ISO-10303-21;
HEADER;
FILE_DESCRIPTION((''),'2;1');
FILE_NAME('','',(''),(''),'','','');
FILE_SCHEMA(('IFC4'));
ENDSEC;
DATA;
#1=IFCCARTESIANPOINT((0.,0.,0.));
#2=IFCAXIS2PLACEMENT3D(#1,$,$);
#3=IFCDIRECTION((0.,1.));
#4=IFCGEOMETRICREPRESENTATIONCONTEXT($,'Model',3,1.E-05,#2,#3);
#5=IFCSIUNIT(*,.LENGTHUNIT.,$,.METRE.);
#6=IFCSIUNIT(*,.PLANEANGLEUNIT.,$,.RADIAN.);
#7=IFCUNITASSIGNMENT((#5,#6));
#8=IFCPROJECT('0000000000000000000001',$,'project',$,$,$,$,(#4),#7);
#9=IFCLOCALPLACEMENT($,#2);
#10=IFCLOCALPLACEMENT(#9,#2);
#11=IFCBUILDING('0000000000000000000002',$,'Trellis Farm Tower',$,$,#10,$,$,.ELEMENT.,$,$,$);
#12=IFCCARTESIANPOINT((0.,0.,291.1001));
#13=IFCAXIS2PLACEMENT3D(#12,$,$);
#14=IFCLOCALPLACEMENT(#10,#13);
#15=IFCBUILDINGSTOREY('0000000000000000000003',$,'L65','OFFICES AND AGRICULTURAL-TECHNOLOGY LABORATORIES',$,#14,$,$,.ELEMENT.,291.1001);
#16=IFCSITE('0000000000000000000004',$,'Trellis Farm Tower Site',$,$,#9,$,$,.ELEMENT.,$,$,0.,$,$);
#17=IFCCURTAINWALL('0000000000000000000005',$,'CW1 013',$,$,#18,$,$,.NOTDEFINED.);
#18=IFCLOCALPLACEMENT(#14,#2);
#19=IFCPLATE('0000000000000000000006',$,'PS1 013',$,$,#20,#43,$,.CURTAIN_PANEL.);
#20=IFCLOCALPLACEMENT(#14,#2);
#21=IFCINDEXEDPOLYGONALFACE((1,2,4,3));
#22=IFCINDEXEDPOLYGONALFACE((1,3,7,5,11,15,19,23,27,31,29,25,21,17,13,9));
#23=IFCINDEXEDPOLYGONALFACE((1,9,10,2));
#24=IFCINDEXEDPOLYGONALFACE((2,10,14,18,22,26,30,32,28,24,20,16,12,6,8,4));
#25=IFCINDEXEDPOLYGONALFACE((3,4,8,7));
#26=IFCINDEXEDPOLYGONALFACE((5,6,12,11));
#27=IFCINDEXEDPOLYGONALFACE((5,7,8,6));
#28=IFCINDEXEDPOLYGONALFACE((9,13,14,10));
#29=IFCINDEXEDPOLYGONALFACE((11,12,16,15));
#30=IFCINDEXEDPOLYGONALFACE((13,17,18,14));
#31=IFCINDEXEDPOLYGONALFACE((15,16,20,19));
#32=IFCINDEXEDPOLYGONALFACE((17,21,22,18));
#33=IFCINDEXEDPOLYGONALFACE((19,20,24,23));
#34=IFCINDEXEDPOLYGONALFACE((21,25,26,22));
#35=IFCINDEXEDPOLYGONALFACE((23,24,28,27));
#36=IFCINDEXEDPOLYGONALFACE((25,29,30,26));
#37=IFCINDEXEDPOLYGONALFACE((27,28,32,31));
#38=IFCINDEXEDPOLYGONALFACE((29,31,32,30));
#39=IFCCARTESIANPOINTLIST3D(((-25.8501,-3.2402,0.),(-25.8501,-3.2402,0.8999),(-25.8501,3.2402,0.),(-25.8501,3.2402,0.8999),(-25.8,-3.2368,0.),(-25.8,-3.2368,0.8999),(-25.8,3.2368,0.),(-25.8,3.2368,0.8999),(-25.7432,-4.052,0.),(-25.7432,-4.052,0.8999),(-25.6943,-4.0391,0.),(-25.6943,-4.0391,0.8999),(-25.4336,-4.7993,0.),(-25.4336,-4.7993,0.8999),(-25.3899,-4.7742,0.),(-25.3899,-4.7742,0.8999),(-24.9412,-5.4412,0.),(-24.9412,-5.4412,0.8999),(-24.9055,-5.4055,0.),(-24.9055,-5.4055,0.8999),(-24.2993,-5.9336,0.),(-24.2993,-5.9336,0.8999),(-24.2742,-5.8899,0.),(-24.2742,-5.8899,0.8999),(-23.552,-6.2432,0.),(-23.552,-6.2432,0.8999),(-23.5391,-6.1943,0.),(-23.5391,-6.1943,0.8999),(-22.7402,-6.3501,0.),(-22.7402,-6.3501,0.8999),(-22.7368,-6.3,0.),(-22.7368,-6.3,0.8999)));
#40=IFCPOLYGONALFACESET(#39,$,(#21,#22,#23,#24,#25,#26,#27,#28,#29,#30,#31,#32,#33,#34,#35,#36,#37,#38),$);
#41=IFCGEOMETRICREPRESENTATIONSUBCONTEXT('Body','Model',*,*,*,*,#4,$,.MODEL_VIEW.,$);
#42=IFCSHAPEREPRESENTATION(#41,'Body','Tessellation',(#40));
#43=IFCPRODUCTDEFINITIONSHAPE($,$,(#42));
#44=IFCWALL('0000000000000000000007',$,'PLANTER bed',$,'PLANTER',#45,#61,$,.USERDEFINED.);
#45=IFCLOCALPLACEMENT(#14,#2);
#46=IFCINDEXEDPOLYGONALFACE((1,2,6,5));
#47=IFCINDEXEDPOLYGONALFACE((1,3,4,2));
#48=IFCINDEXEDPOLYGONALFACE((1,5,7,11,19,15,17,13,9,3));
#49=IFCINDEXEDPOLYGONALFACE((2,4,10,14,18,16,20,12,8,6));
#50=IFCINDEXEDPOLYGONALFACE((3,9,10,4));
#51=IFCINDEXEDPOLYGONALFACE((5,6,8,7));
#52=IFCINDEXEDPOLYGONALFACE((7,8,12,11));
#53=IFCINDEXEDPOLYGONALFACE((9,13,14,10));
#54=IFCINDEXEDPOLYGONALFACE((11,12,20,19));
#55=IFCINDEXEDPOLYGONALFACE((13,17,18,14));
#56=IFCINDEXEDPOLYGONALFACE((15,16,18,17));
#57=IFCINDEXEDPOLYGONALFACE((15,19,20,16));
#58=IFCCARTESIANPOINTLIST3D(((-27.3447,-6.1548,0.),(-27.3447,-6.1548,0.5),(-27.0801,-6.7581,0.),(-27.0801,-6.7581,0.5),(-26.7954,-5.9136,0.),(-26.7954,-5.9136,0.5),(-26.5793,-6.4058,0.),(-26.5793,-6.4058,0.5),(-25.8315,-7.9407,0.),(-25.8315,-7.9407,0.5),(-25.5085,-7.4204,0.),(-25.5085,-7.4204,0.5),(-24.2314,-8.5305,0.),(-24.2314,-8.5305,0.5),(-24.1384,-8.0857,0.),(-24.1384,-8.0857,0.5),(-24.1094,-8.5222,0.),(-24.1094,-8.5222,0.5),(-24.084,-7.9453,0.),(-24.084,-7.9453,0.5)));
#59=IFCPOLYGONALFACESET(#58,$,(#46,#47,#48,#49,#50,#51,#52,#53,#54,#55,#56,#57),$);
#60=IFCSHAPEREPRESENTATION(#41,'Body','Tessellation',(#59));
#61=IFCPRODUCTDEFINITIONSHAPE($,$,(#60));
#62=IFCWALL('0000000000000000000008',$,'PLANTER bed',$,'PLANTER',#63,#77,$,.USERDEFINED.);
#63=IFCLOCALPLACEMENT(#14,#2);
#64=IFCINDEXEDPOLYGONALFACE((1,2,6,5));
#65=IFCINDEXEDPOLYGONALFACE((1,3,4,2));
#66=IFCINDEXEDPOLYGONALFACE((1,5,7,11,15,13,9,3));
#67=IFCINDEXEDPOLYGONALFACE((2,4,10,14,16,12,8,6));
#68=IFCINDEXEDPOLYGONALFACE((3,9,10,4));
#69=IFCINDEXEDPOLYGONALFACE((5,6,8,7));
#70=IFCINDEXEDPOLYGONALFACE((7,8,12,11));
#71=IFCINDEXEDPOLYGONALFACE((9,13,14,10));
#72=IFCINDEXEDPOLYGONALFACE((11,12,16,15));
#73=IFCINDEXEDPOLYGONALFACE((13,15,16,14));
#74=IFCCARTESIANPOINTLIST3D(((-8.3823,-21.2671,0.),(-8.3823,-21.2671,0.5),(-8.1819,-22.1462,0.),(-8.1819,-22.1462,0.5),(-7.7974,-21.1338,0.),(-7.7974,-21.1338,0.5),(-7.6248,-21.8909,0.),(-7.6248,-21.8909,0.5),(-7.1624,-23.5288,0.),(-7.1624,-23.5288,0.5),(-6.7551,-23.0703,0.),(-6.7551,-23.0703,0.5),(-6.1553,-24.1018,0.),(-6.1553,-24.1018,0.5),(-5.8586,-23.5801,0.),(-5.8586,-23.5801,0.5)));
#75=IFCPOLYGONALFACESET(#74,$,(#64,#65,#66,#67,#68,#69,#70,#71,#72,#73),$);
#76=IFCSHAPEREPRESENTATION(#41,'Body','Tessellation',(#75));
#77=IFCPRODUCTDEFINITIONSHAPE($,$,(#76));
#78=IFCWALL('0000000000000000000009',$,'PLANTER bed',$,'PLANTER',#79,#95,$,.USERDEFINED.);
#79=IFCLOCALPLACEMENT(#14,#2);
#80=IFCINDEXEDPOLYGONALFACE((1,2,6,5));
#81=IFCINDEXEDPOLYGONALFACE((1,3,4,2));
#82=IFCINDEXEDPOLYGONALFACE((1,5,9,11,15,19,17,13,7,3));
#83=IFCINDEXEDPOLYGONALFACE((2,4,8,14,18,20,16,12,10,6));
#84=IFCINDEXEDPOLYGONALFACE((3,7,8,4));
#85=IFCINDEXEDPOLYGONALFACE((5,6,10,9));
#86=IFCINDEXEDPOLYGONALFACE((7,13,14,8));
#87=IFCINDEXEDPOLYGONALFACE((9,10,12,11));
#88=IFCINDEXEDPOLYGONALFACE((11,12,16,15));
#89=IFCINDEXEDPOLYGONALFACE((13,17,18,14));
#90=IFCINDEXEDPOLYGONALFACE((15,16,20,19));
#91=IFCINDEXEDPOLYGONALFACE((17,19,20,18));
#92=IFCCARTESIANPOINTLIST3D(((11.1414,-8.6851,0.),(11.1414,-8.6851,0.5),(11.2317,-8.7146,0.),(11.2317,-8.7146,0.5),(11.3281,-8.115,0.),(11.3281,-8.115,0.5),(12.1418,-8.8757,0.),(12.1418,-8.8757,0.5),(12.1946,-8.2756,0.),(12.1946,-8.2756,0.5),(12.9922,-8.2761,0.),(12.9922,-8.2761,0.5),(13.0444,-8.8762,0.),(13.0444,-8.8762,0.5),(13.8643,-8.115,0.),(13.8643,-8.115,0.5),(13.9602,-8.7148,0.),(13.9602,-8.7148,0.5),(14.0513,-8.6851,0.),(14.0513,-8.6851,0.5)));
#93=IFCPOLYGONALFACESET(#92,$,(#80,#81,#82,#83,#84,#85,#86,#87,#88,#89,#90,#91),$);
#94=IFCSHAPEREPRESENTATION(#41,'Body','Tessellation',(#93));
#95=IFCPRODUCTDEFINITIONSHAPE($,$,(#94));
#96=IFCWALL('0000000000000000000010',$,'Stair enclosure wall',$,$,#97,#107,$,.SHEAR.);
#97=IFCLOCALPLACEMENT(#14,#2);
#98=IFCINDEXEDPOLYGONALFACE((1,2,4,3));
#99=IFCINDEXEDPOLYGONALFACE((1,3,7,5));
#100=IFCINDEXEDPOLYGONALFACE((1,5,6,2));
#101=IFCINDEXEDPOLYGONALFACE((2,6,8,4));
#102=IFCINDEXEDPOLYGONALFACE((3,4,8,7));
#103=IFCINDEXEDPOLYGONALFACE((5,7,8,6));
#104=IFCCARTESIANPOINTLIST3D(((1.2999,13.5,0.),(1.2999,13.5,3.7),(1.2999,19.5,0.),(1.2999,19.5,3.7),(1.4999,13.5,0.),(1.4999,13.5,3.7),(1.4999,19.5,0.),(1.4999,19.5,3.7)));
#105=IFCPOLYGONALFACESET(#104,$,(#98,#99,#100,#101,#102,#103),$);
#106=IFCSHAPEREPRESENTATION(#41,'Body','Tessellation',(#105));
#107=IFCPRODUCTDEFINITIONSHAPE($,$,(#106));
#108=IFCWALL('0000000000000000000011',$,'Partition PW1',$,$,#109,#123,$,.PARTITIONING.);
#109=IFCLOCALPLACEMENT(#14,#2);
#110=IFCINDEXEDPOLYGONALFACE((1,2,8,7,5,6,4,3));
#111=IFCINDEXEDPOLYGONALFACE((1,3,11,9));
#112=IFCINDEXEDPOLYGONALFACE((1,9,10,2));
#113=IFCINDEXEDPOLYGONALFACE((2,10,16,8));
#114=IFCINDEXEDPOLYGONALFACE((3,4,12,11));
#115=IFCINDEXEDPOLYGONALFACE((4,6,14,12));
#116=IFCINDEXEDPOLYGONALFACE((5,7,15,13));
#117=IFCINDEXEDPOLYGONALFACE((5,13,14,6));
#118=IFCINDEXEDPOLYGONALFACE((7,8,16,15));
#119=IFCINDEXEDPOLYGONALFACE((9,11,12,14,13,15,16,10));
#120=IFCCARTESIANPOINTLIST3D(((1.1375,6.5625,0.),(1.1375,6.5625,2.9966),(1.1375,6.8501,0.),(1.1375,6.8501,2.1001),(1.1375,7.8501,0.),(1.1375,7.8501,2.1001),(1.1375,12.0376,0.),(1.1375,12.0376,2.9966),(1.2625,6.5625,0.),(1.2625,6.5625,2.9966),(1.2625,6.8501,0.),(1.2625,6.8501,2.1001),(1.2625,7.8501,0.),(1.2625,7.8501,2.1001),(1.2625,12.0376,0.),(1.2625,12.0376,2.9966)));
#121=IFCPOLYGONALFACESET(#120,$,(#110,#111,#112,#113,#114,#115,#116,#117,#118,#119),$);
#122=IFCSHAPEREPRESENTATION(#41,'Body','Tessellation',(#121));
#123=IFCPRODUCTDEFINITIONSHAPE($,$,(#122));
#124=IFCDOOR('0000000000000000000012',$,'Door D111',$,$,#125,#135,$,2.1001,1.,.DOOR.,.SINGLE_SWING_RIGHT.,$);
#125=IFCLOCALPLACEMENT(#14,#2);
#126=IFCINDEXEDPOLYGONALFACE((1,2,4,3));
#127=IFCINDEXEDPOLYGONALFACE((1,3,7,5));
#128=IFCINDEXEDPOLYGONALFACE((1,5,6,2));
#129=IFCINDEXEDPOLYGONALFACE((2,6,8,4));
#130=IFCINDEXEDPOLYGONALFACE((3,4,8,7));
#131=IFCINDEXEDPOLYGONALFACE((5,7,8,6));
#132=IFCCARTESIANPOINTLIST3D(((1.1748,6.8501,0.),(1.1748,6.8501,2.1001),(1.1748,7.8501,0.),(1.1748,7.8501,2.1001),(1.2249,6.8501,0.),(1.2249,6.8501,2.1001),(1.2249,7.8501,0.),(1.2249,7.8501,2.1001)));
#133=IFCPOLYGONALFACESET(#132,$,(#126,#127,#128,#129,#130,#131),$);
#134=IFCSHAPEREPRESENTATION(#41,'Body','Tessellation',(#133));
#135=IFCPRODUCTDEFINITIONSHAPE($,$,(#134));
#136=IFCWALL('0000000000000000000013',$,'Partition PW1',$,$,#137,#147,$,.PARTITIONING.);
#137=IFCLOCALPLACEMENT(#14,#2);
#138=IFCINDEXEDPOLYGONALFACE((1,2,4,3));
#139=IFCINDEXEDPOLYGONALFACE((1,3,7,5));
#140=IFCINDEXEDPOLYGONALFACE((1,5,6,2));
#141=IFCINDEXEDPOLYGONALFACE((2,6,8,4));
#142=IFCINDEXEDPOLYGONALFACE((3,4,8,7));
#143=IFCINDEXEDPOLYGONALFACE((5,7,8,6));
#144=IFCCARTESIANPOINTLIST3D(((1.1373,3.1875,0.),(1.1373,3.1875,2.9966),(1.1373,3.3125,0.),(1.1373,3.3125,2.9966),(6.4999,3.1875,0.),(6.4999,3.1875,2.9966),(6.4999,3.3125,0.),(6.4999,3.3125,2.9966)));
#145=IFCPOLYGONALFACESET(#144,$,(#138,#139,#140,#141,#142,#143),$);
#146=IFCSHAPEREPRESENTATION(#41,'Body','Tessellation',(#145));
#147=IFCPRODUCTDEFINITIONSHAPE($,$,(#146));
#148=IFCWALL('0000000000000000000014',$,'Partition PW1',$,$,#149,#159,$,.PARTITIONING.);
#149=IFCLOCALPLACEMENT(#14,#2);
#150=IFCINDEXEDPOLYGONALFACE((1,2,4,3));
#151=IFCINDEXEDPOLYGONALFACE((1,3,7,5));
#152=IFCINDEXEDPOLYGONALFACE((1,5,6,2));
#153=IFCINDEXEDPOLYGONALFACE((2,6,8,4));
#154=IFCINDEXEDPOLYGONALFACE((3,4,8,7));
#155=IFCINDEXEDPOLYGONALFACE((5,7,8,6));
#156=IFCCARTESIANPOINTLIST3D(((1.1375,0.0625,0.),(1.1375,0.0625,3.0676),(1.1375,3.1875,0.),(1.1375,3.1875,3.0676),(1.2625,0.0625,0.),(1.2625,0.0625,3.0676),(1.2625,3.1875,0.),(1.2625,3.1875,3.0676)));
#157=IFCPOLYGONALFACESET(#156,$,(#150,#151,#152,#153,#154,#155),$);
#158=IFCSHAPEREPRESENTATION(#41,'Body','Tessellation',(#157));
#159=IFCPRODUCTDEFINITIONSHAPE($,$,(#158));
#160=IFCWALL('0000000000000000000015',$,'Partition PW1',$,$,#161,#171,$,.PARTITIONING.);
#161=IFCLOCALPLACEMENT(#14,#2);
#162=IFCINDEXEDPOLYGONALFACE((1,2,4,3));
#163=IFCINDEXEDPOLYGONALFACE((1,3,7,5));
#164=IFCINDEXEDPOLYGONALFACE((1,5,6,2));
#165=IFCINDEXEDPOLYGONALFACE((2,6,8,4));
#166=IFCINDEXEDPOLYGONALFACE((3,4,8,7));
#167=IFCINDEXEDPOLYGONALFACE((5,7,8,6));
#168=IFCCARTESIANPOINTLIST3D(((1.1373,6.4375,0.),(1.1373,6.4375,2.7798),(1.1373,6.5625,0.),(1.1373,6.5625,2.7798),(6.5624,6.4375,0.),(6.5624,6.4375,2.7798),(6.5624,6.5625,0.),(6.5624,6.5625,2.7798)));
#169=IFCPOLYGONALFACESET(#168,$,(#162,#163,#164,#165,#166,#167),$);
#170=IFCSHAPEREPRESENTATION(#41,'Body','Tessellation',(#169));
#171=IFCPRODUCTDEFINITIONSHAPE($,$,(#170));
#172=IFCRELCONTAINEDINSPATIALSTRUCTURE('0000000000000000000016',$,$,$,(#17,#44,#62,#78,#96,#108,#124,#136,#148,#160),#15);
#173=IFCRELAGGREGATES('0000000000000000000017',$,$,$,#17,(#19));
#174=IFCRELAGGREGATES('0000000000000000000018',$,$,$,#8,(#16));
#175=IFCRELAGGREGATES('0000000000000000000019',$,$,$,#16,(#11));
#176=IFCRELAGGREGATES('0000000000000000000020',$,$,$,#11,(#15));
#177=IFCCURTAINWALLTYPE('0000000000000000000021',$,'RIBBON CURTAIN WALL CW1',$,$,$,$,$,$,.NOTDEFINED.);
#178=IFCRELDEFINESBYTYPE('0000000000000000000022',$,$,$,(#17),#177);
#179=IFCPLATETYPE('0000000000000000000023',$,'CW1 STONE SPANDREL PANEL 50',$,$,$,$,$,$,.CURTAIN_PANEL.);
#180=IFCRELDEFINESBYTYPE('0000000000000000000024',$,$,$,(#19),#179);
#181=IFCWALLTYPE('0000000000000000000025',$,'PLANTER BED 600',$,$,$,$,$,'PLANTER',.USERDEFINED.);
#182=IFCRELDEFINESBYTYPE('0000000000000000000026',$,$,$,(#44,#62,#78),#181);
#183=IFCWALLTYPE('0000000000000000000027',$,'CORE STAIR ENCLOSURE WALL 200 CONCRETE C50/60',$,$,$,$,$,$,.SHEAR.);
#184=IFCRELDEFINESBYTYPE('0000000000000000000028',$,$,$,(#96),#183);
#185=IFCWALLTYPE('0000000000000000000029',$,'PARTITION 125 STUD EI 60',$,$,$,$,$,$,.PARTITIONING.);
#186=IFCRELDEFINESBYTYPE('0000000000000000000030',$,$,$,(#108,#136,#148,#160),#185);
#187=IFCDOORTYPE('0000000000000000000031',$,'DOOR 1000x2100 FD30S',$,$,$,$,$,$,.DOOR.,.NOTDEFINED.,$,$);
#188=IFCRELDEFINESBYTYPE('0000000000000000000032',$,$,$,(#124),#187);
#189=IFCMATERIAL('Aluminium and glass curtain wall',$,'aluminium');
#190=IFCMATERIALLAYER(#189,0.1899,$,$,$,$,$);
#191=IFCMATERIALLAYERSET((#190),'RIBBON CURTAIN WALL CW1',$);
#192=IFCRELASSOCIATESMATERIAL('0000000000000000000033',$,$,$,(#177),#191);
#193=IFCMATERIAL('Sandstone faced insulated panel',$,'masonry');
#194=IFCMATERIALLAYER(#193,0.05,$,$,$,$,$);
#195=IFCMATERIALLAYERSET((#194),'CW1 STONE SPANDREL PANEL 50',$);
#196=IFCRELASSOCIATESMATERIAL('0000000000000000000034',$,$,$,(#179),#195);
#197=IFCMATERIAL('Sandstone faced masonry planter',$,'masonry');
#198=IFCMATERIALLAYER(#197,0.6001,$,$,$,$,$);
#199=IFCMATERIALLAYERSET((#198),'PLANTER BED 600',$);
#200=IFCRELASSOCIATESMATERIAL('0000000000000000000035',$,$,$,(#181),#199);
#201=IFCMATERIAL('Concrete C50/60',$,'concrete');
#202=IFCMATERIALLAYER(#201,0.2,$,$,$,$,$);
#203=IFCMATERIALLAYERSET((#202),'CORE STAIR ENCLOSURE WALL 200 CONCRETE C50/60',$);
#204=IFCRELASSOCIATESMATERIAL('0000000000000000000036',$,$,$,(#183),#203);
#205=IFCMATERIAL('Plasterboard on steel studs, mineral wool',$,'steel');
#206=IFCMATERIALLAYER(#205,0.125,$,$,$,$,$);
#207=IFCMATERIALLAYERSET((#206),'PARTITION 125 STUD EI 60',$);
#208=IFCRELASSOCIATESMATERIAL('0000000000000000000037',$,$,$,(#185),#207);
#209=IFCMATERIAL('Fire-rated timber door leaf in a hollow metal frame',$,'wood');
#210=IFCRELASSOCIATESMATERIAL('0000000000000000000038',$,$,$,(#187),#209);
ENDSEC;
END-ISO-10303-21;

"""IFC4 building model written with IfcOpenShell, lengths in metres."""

from ifc_helpers import new_model, si_unit, direction, frame, frame_2d, origin, place, context, subcontext, project, spatial, polyline, rectangle, outline, extrude, source, transform, mapped, material, layer, layer_set, type_object, element, fill, aggregate, save


model = new_model("IFC4")

# Units and contexts
model_context = context("Model", 3, precision=1e-05, world=origin(), true_north=direction((0.0, 1.0)))
body_context = subcontext(model_context, "Body", "Model", "MODEL_VIEW")
ifc_project = project(units=[si_unit("LENGTHUNIT", "METRE"), si_unit("PLANEANGLEUNIT", "RADIAN")], contexts=[model_context])

# Site, building, storey
site_placement = place(None, origin())
site = spatial("IfcSite", under=ifc_project, at=site_placement, Name="Trellis Farm Tower Site", CompositionType="ELEMENT", RefElevation=0.0)
building_placement = place(site_placement, origin())
building = spatial("IfcBuilding", under=site, at=building_placement, Name="Trellis Farm Tower", CompositionType="ELEMENT")
storey_placement = place(building_placement, frame((0.0, 0.0, 291.1001)))
storey = spatial("IfcBuildingStorey", under=building, at=storey_placement, Name="L65", Description="OFFICES AND AGRICULTURAL-TECHNOLOGY LABORATORIES", CompositionType="ELEMENT", Elevation=291.1001)

# Shared definitions
ifc_material_1 = material(Name="Aluminium and glass curtain wall", Category="aluminium")
ifc_layer_1 = layer(ifc_material_1, 0.1899)
ifc_layer_set_1 = layer_set([ifc_layer_1], Name="RIBBON CURTAIN WALL CW1")
curtain_wall_type_1 = type_object("IfcCurtainWallType", Name="RIBBON CURTAIN WALL CW1", PredefinedType="NOTDEFINED", material=ifc_layer_set_1)
placement_1 = place(storey_placement, origin())

# Curtain wall
curtain_wall_1 = element("IfcCurtainWall", 1, at=placement_1, inside=storey, type_object=curtain_wall_type_1, Name="CW1 013", PredefinedType="NOTDEFINED")

# Plate
ifc_material_2 = material(Name="Sandstone faced insulated panel", Category="masonry")
ifc_layer_2 = layer(ifc_material_2, 0.05)
ifc_layer_set_2 = layer_set([ifc_layer_2], Name="CW1 STONE SPANDREL PANEL 50")
plate_type_1 = type_object("IfcPlateType", Name="CW1 STONE SPANDREL PANEL 50", PredefinedType="CURTAIN_PANEL", material=ifc_layer_set_2)
shared_shape_1 = source(origin(), body_context, "Body", "SweptSolid", [
    extrude(outline(polyline([(-25.8501, 3.2402), (-25.8501, -3.2402), (-25.7432, -4.052), (-25.4336, -4.7993), (-24.9412, -5.4412), (-24.2993, -5.9336), (-23.552, -6.2432), (-22.7402, -6.3501), (-22.7368, -6.3), (-23.5391, -6.1943), (-24.2742, -5.8899), (-24.9055, -5.4055), (-25.3899, -4.7742), (-25.6943, -4.0391), (-25.8, -3.2368), (-25.8, 3.2368), (-25.8501, 3.2402)])), origin(), (0.0, 0.0, 1.0), 0.8999),
])
plate_1 = element("IfcPlate", 2, at=placement_1, type_object=plate_type_1, Name="PS1 013", PredefinedType="CURTAIN_PANEL", context=body_context, shape_type="MappedRepresentation", body=[
    mapped(shared_shape_1, transform((0.0, 0.0, 0.0))),
])
aggregate(curtain_wall_1, [plate_1])

# Walls
ifc_material_3 = material(Name="Sandstone faced masonry planter", Category="masonry")
ifc_layer_3 = layer(ifc_material_3, 0.6001)
ifc_layer_set_3 = layer_set([ifc_layer_3], Name="PLANTER BED 600")
wall_type_1 = type_object("IfcWallType", Name="PLANTER BED 600", ElementType="PLANTER", PredefinedType="USERDEFINED", material=ifc_layer_set_3)
element("IfcWall", 3, at=placement_1, inside=storey, type_object=wall_type_1, Name="PLANTER bed", ObjectType="PLANTER", PredefinedType="USERDEFINED", context=body_context, shape_type="SweptSolid", body=[
    extrude(outline(polyline([(-24.2314, -8.5305), (-25.8315, -7.9407), (-27.0801, -6.7581), (-27.3447, -6.1548), (-26.7954, -5.9136), (-26.5793, -6.4058), (-25.5085, -7.4204), (-24.084, -7.9453), (-24.1384, -8.0857), (-24.1094, -8.5222), (-24.2314, -8.5305)])), origin(), (0.0, 0.0, 1.0), 0.5),
])
element("IfcWall", 4, at=placement_1, inside=storey, type_object=wall_type_1, Name="PLANTER bed", ObjectType="PLANTER", PredefinedType="USERDEFINED", context=body_context, shape_type="SweptSolid", body=[
    extrude(outline(polyline([(-8.1819, -22.1462), (-8.3823, -21.2671), (-7.7974, -21.1338), (-7.6248, -21.8909), (-6.7551, -23.0703), (-5.8586, -23.5801), (-6.1553, -24.1018), (-7.1624, -23.5288), (-8.1819, -22.1462)])), origin(), (0.0, 0.0, 1.0), 0.5),
])
element("IfcWall", 5, at=placement_1, inside=storey, type_object=wall_type_1, Name="PLANTER bed", ObjectType="PLANTER", PredefinedType="USERDEFINED", context=body_context, shape_type="SweptSolid", body=[
    extrude(outline(polyline([(13.0444, -8.8762), (12.1418, -8.8757), (11.2317, -8.7146), (11.1414, -8.6851), (11.3281, -8.115), (12.1946, -8.2756), (12.9922, -8.2761), (13.8643, -8.115), (14.0513, -8.6851), (13.9602, -8.7148), (13.0444, -8.8762)])), origin(), (0.0, 0.0, 1.0), 0.5),
])
ifc_material_4 = material(Name="Concrete C50/60", Category="concrete")
ifc_layer_4 = layer(ifc_material_4, 0.2)
ifc_layer_set_4 = layer_set([ifc_layer_4], Name="CORE STAIR ENCLOSURE WALL 200 CONCRETE C50/60")
wall_type_2 = type_object("IfcWallType", Name="CORE STAIR ENCLOSURE WALL 200 CONCRETE C50/60", PredefinedType="SHEAR", material=ifc_layer_set_4)
shared_shape_2 = source(origin(), body_context, "Body", "SweptSolid", [
    extrude(rectangle(XDim=6.0, YDim=0.2, at=frame_2d((3.0, 0.0))), origin(), (0.0, 0.0, 1.0), 3.7),
])
wall_1_placement = place(storey_placement, frame((1.3999, 13.5, 0.0), z_axis=(0.0, 0.0, 1.0), x_axis=(0.0, 1.0, 0.0)))
element("IfcWall", 6, at=wall_1_placement, inside=storey, type_object=wall_type_2, Name="Stair enclosure wall", PredefinedType="SHEAR", context=body_context, shape_type="MappedRepresentation", body=[
    mapped(shared_shape_2, transform((0.0, 0.0, 0.0))),
])

# Wall, opening, door
ifc_material_5 = material(Name="Plasterboard on steel studs, mineral wool", Category="steel")
ifc_layer_5 = layer(ifc_material_5, 0.125)
ifc_layer_set_5 = layer_set([ifc_layer_5], Name="PARTITION 125 STUD EI 60")
wall_type_3 = type_object("IfcWallType", Name="PARTITION 125 STUD EI 60", PredefinedType="PARTITIONING", material=ifc_layer_set_5)
shared_shape_3 = source(origin(), body_context, "Body", "SweptSolid", [
    extrude(rectangle(XDim=5.4751, YDim=0.125, at=frame_2d((2.7375, 0.0))), origin(), (0.0, 0.0, 1.0), 2.9966),
])
wall_2_placement = place(storey_placement, frame((1.2, 12.0376, 0.0), z_axis=(0.0, 0.0, 1.0), x_axis=(0.0, -1.0, 0.0)))
wall_2 = element("IfcWall", 7, at=wall_2_placement, inside=storey, type_object=wall_type_3, Name="Partition PW1", PredefinedType="PARTITIONING", context=body_context, shape_type="MappedRepresentation", body=[
    mapped(shared_shape_3, transform((0.0, 0.0, 0.0))),
])
shared_shape_4 = source(origin(), body_context, "Body", "SweptSolid", [
    extrude(rectangle(XDim=1.0, YDim=2.1001, at=frame_2d((0.5, 1.05))), frame((0.0, 0.0725, 0.0), z_axis=(0.0, -1.0, 0.0), x_axis=(1.0, 0.0, 0.0)), (0.0, 0.0, 1.0), 0.145),
])
opening_placement = place(wall_2_placement, frame((4.1875, 0.0, 0.0)))
opening = element("IfcOpeningElement", 8, at=opening_placement, cuts=wall_2, PredefinedType="OPENING", context=body_context, shape_type="MappedRepresentation", body=[
    mapped(shared_shape_4, transform((0.0, 0.0, 0.0))),
])
ifc_material_6 = material(Name="Fire-rated timber door leaf in a hollow metal frame", Category="wood")
door_type = type_object("IfcDoorType", Name="DOOR 1000x2100 FD30S", OperationType="NOTDEFINED", PredefinedType="DOOR", material=ifc_material_6)
shared_shape_5 = source(origin(), body_context, "Body", "SweptSolid", [
    extrude(rectangle(XDim=1.0, YDim=2.1001, at=frame_2d((0.5, 1.05))), frame((0.0, 0.0249, 0.0), z_axis=(0.0, -1.0, 0.0), x_axis=(1.0, 0.0, 0.0)), (0.0, 0.0, 1.0), 0.05),
])
door_placement = place(opening_placement, origin())
door = element("IfcDoor", 9, at=door_placement, inside=storey, type_object=door_type, Name="Door D111", OperationType="SINGLE_SWING_RIGHT", OverallHeight=2.1001, OverallWidth=1.0, PredefinedType="DOOR", context=body_context, shape_type="MappedRepresentation", body=[
    mapped(shared_shape_5, transform((0.0, 0.0, 0.0))),
])
fill(opening, door)

# Walls
shared_shape_6 = source(origin(), body_context, "Body", "SweptSolid", [
    extrude(rectangle(XDim=5.3625, YDim=0.125, at=frame_2d((2.6812, 0.0))), origin(), (0.0, 0.0, 1.0), 2.9966),
])
wall_3_placement = place(storey_placement, frame((1.1375, 3.25, 0.0), z_axis=(0.0, 0.0, 1.0), x_axis=(1.0, 0.0, 0.0)))
element("IfcWall", 10, at=wall_3_placement, inside=storey, type_object=wall_type_3, Name="Partition PW1", PredefinedType="PARTITIONING", context=body_context, shape_type="MappedRepresentation", body=[
    mapped(shared_shape_6, transform((0.0, 0.0, 0.0))),
])
shared_shape_7 = source(origin(), body_context, "Body", "SweptSolid", [
    extrude(rectangle(XDim=3.125, YDim=0.125, at=frame_2d((1.5625, 0.0))), origin(), (0.0, 0.0, 1.0), 3.0676),
])
wall_4_placement = place(storey_placement, frame((1.2, 3.1875, 0.0), z_axis=(0.0, 0.0, 1.0), x_axis=(0.0, -1.0, 0.0)))
element("IfcWall", 11, at=wall_4_placement, inside=storey, type_object=wall_type_3, Name="Partition PW1", PredefinedType="PARTITIONING", context=body_context, shape_type="MappedRepresentation", body=[
    mapped(shared_shape_7, transform((0.0, 0.0, 0.0))),
])
shared_shape_8 = source(origin(), body_context, "Body", "SweptSolid", [
    extrude(rectangle(XDim=5.425, YDim=0.125, at=frame_2d((2.7124, 0.0))), origin(), (0.0, 0.0, 1.0), 2.7798),
])
wall_5_placement = place(storey_placement, frame((1.1375, 6.5, 0.0), z_axis=(0.0, 0.0, 1.0), x_axis=(1.0, 0.0, 0.0)))
element("IfcWall", 12, at=wall_5_placement, inside=storey, type_object=wall_type_3, Name="Partition PW1", PredefinedType="PARTITIONING", context=body_context, shape_type="MappedRepresentation", body=[
    mapped(shared_shape_8, transform((0.0, 0.0, 0.0))),
])

save(model, "model.ifc")
